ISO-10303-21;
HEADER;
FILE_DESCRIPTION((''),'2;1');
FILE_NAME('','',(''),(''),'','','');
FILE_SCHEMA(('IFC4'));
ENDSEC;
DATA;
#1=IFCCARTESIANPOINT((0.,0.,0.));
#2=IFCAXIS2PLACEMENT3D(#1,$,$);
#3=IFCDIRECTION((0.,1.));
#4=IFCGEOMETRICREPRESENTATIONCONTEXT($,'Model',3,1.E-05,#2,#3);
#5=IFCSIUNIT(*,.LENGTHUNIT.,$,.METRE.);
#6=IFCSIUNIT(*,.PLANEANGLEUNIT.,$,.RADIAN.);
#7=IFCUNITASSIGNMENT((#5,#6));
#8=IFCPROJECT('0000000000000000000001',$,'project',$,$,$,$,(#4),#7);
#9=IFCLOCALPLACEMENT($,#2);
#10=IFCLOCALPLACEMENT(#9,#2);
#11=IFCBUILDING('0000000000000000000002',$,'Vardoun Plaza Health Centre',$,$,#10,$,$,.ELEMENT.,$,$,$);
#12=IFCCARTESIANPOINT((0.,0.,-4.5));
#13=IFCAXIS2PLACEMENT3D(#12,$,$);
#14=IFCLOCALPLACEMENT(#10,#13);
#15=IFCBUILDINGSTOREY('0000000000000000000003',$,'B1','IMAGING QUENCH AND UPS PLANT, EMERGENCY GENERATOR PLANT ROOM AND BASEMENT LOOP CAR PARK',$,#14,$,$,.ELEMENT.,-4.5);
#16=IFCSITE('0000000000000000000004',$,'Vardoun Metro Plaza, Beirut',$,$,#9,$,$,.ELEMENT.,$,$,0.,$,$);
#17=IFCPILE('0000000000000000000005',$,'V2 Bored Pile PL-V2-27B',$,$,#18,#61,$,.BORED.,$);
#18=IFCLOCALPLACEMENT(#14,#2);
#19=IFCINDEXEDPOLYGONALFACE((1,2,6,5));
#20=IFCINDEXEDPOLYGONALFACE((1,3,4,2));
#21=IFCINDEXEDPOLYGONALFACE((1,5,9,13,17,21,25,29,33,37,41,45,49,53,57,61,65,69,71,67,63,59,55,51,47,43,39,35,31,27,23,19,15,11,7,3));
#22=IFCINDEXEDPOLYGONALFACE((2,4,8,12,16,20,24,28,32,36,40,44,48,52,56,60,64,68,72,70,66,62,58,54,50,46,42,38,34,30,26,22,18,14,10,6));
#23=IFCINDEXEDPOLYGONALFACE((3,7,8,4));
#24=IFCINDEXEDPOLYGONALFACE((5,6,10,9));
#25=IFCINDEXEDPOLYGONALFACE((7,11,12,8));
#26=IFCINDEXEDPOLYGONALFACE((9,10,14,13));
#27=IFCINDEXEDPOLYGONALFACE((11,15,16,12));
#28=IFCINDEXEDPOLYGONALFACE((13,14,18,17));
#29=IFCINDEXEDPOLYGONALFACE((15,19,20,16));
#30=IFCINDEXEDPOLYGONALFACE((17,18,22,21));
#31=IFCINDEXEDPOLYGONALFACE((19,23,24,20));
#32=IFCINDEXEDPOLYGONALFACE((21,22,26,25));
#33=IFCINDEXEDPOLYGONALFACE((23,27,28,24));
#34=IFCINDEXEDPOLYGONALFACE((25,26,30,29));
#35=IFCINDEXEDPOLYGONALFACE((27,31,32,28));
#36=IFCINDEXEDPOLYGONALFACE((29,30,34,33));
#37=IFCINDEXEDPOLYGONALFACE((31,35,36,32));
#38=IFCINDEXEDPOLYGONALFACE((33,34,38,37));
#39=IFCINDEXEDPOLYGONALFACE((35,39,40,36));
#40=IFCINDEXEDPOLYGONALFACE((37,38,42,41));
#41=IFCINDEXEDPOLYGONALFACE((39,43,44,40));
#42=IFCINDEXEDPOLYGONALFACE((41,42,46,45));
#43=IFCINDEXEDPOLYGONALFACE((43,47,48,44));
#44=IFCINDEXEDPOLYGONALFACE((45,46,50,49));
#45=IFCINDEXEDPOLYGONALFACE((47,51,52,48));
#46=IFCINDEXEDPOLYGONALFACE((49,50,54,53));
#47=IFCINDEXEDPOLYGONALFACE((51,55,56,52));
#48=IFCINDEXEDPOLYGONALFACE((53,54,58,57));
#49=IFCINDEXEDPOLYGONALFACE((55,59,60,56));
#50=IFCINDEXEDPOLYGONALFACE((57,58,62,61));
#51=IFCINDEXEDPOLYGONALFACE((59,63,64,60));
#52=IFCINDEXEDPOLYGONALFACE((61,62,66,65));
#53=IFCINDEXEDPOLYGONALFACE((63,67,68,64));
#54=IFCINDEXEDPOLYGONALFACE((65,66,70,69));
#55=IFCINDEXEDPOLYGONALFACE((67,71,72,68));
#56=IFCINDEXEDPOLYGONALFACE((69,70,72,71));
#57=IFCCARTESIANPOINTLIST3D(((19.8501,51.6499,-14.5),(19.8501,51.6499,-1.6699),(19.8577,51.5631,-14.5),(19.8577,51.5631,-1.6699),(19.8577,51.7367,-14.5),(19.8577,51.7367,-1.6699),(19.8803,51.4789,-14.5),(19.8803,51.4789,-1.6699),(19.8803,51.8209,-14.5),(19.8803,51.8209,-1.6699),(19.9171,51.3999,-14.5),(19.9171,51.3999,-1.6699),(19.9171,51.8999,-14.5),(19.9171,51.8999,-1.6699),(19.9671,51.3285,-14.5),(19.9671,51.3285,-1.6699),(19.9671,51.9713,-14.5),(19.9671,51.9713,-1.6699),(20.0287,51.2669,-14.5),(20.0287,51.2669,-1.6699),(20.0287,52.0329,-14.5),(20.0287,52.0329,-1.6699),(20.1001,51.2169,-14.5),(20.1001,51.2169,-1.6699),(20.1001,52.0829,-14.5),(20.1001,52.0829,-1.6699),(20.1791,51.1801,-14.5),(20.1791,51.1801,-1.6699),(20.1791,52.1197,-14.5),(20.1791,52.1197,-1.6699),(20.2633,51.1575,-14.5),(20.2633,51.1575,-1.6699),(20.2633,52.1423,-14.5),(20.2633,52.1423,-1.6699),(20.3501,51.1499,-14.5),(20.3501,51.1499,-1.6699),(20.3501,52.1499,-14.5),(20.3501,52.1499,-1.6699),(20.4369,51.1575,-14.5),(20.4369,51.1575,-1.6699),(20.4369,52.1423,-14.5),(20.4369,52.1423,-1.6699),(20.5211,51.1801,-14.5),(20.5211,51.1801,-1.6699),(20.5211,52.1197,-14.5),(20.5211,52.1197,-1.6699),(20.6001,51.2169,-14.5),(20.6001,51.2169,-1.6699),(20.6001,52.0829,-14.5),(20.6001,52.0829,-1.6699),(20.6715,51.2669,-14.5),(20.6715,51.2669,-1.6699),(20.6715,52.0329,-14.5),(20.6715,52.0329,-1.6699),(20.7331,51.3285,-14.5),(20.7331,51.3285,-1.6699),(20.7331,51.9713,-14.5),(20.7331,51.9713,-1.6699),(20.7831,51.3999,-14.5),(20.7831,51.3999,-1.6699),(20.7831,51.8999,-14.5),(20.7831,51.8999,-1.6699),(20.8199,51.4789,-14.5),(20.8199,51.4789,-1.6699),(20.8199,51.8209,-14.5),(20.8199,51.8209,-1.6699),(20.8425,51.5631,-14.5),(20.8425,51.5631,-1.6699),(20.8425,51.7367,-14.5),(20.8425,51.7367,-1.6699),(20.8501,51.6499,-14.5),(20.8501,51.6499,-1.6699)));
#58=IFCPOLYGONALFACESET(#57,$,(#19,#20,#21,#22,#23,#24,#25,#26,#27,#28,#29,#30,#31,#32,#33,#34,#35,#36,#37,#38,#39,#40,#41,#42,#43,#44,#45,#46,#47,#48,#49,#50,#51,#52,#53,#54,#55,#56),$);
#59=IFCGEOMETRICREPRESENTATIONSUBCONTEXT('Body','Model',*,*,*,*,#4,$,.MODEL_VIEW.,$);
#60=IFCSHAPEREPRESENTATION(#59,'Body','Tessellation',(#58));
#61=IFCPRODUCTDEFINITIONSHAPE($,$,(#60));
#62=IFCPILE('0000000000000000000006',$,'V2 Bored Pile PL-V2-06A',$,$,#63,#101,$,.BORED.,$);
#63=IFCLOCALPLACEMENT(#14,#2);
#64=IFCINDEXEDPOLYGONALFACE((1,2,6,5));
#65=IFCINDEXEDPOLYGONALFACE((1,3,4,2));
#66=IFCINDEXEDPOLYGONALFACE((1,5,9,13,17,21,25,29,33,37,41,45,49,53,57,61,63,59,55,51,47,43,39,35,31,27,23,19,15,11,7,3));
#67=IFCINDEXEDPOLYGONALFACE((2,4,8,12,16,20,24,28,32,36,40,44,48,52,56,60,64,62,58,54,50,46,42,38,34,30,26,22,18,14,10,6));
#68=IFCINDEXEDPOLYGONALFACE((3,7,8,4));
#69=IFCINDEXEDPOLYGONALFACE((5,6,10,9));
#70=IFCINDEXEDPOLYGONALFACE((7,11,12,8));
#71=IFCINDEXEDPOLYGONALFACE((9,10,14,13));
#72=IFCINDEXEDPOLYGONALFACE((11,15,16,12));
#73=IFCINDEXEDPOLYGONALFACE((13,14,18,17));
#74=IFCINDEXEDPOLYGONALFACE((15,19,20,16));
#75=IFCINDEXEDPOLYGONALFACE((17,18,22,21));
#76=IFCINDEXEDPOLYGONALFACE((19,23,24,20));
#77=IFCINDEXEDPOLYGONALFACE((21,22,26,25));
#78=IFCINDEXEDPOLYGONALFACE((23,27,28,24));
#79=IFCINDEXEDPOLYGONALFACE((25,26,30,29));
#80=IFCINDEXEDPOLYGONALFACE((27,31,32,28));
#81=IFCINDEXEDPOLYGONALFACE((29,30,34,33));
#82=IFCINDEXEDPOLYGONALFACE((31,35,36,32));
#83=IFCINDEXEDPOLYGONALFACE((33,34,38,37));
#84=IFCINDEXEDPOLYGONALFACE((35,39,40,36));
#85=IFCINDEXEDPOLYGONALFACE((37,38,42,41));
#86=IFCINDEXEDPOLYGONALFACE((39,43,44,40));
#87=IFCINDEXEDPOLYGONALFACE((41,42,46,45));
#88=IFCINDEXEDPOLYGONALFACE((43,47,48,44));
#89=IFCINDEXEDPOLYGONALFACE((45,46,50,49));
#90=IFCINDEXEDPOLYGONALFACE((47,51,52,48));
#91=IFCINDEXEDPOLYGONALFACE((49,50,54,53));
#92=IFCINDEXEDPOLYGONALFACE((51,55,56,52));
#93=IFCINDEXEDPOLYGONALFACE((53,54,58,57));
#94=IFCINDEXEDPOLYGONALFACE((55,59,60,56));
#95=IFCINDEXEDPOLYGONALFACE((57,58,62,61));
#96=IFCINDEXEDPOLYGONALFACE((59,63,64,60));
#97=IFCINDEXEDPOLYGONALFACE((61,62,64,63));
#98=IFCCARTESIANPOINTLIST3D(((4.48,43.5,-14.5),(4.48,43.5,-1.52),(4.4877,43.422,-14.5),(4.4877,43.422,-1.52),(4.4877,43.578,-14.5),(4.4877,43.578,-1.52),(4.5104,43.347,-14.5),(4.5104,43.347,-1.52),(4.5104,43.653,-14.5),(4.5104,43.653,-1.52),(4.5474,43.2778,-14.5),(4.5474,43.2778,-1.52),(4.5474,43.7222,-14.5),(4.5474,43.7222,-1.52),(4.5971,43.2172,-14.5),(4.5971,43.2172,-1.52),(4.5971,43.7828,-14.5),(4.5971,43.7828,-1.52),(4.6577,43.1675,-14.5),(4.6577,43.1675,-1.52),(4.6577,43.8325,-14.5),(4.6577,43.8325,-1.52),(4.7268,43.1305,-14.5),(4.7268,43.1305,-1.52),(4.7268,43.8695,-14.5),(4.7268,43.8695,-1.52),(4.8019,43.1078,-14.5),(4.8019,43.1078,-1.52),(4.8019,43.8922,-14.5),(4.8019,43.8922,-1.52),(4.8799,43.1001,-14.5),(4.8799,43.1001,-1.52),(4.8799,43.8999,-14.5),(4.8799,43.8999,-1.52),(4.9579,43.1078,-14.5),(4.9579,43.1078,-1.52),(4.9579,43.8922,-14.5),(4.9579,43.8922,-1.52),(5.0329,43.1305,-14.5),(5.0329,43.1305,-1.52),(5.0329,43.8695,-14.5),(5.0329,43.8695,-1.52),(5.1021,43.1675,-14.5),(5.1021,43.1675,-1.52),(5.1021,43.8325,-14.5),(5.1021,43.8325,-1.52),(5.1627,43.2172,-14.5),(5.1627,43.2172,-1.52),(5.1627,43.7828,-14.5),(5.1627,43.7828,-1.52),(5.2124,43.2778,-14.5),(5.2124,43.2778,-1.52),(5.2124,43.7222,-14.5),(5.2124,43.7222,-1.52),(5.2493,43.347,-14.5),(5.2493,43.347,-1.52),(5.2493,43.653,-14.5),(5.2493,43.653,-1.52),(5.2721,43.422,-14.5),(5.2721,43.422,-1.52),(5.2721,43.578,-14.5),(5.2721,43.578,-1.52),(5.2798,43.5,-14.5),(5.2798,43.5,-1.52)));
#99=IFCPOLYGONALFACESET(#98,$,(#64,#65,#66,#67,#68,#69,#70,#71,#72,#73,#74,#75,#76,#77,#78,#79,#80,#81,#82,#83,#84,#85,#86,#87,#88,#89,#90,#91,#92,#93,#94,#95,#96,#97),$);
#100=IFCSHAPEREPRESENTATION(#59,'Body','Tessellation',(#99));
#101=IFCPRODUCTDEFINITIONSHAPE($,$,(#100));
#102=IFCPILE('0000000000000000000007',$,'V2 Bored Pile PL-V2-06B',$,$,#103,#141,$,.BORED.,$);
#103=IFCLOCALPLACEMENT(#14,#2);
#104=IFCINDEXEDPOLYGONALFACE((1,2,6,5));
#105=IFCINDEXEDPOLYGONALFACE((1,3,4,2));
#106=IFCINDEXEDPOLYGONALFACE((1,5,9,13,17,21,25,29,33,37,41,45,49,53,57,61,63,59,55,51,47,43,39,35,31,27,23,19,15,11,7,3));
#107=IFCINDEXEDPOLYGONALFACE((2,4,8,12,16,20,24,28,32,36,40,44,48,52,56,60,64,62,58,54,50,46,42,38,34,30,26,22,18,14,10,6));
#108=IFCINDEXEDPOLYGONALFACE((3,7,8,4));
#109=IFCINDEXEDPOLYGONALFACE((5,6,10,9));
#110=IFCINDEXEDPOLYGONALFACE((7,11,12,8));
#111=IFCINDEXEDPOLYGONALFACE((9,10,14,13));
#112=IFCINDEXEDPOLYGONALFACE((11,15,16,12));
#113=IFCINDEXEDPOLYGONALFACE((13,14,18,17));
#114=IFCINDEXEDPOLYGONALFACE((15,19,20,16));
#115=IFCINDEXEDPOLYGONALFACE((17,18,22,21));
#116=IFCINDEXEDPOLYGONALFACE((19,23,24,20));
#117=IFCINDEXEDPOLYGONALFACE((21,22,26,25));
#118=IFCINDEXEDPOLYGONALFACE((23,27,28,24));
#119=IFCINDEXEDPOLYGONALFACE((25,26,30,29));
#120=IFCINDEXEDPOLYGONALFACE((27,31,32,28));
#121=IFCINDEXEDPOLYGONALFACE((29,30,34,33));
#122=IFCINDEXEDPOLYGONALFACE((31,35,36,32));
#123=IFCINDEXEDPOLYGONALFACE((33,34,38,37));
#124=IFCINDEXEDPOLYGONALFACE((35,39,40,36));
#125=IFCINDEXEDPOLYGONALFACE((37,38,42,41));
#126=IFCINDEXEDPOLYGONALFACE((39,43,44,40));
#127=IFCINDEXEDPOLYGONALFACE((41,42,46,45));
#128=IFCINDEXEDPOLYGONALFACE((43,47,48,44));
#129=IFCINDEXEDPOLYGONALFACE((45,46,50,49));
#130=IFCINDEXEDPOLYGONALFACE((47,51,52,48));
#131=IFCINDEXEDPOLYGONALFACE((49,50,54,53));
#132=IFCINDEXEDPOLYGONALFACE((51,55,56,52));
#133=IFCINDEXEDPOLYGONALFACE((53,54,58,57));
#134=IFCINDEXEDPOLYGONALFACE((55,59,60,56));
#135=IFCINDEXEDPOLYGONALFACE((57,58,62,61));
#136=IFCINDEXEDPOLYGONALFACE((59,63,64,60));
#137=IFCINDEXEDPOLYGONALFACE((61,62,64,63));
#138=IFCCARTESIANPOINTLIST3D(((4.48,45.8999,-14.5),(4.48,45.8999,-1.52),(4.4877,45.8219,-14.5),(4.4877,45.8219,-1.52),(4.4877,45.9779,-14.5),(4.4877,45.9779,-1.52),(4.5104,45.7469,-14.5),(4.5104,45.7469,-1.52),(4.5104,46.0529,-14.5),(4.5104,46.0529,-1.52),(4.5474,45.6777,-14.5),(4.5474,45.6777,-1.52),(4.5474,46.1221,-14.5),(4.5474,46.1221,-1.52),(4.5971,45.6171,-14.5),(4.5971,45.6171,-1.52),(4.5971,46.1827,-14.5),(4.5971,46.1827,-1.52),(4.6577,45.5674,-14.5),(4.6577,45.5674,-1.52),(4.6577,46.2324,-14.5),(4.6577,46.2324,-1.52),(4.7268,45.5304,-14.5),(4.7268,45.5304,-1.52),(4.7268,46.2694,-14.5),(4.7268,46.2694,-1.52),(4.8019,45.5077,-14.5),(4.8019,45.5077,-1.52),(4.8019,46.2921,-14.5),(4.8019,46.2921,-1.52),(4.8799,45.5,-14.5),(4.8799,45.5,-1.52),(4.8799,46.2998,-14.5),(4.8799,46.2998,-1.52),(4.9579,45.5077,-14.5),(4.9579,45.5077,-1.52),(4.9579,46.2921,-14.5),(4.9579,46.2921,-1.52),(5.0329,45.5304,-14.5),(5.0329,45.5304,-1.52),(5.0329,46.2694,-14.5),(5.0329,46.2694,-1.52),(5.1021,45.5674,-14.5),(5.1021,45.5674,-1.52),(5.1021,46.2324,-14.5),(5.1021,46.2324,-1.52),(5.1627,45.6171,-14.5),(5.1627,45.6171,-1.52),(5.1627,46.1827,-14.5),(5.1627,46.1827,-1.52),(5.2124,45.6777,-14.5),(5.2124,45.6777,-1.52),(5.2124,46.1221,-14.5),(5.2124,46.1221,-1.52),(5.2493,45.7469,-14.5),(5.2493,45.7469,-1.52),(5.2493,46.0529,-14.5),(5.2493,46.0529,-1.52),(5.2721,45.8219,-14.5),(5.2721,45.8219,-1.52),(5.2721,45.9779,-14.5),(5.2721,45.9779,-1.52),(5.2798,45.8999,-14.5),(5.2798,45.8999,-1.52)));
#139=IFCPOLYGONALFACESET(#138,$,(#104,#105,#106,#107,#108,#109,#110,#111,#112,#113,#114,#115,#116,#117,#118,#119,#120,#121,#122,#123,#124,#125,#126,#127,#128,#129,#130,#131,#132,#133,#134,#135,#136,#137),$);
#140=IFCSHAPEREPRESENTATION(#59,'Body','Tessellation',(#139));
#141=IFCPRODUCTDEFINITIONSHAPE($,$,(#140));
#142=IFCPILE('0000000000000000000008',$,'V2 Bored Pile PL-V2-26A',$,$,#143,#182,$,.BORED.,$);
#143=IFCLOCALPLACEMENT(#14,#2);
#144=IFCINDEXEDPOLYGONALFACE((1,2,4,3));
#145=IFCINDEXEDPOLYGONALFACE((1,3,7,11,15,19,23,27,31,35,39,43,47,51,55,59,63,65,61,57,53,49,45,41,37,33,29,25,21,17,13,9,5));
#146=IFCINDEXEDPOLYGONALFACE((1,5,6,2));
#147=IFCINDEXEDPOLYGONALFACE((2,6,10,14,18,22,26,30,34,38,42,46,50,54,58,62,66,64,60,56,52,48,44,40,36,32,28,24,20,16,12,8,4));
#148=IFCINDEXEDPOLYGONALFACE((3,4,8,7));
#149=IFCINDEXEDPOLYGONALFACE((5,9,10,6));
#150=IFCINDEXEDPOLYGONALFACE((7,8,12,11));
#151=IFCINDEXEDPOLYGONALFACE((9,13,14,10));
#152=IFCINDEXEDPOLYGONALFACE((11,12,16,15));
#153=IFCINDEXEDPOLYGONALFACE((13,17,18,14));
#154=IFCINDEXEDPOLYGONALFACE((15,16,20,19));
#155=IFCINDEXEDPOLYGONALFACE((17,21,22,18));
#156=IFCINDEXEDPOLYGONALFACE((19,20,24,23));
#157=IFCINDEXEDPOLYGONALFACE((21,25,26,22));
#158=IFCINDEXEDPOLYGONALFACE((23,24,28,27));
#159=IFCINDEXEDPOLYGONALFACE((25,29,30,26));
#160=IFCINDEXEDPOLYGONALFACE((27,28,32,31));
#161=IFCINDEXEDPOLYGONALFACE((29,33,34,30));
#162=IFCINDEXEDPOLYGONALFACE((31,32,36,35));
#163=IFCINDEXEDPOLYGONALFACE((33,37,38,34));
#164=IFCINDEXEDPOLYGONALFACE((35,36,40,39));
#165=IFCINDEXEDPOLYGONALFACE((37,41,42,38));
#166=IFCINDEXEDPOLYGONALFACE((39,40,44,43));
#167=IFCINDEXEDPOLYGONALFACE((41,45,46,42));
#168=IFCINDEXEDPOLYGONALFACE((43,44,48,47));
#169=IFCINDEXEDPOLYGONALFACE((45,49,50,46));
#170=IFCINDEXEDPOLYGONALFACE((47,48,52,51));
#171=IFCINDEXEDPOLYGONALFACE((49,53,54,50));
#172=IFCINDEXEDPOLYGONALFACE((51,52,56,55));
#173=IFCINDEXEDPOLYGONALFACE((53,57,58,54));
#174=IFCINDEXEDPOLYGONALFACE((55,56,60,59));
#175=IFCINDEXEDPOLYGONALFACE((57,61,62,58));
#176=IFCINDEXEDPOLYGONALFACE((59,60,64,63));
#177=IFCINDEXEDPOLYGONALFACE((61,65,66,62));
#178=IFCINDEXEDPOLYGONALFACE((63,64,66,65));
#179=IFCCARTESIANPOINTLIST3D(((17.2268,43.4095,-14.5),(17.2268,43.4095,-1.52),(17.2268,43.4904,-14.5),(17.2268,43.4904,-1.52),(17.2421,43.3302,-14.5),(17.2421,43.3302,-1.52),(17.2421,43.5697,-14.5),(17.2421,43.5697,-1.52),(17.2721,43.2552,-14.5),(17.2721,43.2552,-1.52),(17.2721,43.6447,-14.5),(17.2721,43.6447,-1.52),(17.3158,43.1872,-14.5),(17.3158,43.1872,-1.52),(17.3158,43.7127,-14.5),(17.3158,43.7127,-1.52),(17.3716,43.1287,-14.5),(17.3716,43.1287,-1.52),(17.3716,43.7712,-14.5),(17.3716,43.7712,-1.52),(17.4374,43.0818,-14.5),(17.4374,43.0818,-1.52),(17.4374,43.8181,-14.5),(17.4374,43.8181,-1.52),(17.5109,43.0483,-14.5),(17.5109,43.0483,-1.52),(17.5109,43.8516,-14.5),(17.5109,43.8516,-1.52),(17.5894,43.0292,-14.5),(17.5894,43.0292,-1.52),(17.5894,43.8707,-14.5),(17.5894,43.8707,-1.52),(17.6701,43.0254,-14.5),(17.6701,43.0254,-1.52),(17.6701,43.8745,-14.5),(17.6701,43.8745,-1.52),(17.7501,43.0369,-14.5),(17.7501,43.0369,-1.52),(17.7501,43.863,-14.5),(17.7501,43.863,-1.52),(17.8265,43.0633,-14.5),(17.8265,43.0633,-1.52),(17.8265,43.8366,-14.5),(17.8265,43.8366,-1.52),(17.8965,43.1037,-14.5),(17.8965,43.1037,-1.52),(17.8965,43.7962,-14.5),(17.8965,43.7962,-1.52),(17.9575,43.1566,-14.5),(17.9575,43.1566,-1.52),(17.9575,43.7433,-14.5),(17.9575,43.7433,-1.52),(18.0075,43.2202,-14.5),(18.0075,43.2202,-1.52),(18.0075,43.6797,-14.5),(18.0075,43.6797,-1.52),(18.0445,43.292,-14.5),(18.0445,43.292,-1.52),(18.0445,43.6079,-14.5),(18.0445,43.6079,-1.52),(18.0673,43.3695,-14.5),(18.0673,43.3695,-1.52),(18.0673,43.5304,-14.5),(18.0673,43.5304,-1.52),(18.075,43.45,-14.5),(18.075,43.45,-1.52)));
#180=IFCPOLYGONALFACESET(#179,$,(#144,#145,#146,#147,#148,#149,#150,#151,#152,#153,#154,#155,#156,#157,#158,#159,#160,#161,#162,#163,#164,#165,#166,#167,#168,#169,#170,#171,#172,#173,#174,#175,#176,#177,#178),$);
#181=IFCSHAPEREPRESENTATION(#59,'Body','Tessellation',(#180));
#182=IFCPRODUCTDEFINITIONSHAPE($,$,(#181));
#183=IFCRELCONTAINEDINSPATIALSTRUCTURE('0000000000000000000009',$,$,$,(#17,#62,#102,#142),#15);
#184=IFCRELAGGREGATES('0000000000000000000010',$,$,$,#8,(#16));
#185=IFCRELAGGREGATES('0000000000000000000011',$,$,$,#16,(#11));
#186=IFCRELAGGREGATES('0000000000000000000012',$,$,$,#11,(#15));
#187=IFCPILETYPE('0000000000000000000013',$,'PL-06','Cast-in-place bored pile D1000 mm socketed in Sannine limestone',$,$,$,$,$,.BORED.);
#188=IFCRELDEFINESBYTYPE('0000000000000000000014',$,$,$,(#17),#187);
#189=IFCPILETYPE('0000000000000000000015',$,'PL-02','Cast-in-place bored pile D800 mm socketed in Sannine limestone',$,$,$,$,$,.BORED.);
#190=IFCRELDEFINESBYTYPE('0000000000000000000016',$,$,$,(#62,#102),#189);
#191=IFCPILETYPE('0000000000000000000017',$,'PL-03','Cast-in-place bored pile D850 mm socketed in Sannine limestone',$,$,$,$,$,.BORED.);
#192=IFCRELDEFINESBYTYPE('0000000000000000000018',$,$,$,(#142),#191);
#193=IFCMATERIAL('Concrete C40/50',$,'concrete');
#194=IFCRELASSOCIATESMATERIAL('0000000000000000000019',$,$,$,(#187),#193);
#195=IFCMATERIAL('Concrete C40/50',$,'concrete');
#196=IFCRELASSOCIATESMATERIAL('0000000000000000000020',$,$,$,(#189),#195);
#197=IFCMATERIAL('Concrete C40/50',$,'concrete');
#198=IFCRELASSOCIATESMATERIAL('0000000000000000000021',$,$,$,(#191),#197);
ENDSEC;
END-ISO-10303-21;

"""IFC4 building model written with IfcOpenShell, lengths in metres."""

from ifc_helpers import new_model, si_unit, direction, frame, origin, origin_2d, place, context, subcontext, project, spatial, circle, extrude, material, material_profile, profile_set, type_object, element, save


model = new_model("IFC4")

# Units and contexts
model_context = context("Model", 3, precision=1e-05, world=origin(), true_north=direction((0.0, 1.0)))
body_context = subcontext(model_context, "Body", "Model", "MODEL_VIEW")
ifc_project = project(units=[si_unit("LENGTHUNIT", "METRE"), si_unit("PLANEANGLEUNIT", "RADIAN")], contexts=[model_context])

# Site, building, storey
site_placement = place(None, origin())
site = spatial("IfcSite", under=ifc_project, at=site_placement, Name="Vardoun Metro Plaza, Beirut", CompositionType="ELEMENT", RefElevation=0.0)
building_placement = place(site_placement, origin())
building = spatial("IfcBuilding", under=site, at=building_placement, Name="Vardoun Plaza Health Centre", CompositionType="ELEMENT")
storey_placement = place(building_placement, frame((0.0, 0.0, -4.5)))
storey = spatial("IfcBuildingStorey", under=building, at=storey_placement, Name="B1", Description="IMAGING QUENCH AND UPS PLANT, EMERGENCY GENERATOR PLANT ROOM AND BASEMENT LOOP CAR PARK", CompositionType="ELEMENT", Elevation=-4.5)

# Piles
ifc_material_1 = material(Name="Concrete C40/50", Category="concrete")
ifc_material_profile_1 = material_profile(ifc_material_1, circle(Radius=0.5, at=origin_2d()), Name="PILE D1000")
ifc_profile_set_1 = profile_set([ifc_material_profile_1], Name="Concrete C40/50")
pile_type_1 = type_object("IfcPileType", Name="PL-06", Description="Cast-in-place bored pile D1000 mm socketed in Sannine limestone", PredefinedType="BORED", material=ifc_profile_set_1)
for number, where, z_axis, x_axis, name in (
    (1, (20.3501, 51.6499, -1.6699), (0.0, 0.0, -1.0), (1.0, 0.0, 0.0), "V2 Bored Pile PL-V2-27B"),
):
    element("IfcPile", number, at=place(storey_placement, frame(where, z_axis=z_axis, x_axis=x_axis)), inside=storey, type_object=pile_type_1, Name=name, PredefinedType="BORED", context=body_context, shape_type="SweptSolid", body=[
        extrude(circle(Radius=0.5, at=origin_2d()), origin(), (0.0, 0.0, 1.0), 12.8301),
    ])
ifc_material_2 = material(Name="Concrete C40/50", Category="concrete")
ifc_material_profile_2 = material_profile(ifc_material_2, circle(Radius=0.3999, at=origin_2d()), Name="PILE D800")
ifc_profile_set_2 = profile_set([ifc_material_profile_2], Name="Concrete C40/50")
pile_type_2 = type_object("IfcPileType", Name="PL-02", Description="Cast-in-place bored pile D800 mm socketed in Sannine limestone", PredefinedType="BORED", material=ifc_profile_set_2)
for number, where, z_axis, x_axis, name in (
    (2, (4.8799, 43.5, -1.52), (0.0, 0.0, -1.0), (1.0, 0.0, 0.0), "V2 Bored Pile PL-V2-06A"),
    (3, (4.8799, 45.8999, -1.52), (0.0, 0.0, -1.0), (1.0, 0.0, 0.0), "V2 Bored Pile PL-V2-06B"),
):
    element("IfcPile", number, at=place(storey_placement, frame(where, z_axis=z_axis, x_axis=x_axis)), inside=storey, type_object=pile_type_2, Name=name, PredefinedType="BORED", context=body_context, shape_type="SweptSolid", body=[
        extrude(circle(Radius=0.3999, at=origin_2d()), origin(), (0.0, 0.0, 1.0), 12.98),
    ])
ifc_material_3 = material(Name="Concrete C40/50", Category="concrete")
ifc_material_profile_3 = material_profile(ifc_material_3, circle(Radius=0.425, at=origin_2d()), Name="PILE D850")
ifc_profile_set_3 = profile_set([ifc_material_profile_3], Name="Concrete C40/50")
pile_type_3 = type_object("IfcPileType", Name="PL-03", Description="Cast-in-place bored pile D850 mm socketed in Sannine limestone", PredefinedType="BORED", material=ifc_profile_set_3)
for number, where, z_axis, x_axis, name in (
    (4, (17.6499, 43.45, -1.52), (0.0, 0.0, -1.0), (1.0, 0.0, 0.0), "V2 Bored Pile PL-V2-26A"),
):
    element("IfcPile", number, at=place(storey_placement, frame(where, z_axis=z_axis, x_axis=x_axis)), inside=storey, type_object=pile_type_3, Name=name, PredefinedType="BORED", context=body_context, shape_type="SweptSolid", body=[
        extrude(circle(Radius=0.425, at=origin_2d()), origin(), (0.0, 0.0, 1.0), 12.98),
    ])

save(model, "model.ifc")
